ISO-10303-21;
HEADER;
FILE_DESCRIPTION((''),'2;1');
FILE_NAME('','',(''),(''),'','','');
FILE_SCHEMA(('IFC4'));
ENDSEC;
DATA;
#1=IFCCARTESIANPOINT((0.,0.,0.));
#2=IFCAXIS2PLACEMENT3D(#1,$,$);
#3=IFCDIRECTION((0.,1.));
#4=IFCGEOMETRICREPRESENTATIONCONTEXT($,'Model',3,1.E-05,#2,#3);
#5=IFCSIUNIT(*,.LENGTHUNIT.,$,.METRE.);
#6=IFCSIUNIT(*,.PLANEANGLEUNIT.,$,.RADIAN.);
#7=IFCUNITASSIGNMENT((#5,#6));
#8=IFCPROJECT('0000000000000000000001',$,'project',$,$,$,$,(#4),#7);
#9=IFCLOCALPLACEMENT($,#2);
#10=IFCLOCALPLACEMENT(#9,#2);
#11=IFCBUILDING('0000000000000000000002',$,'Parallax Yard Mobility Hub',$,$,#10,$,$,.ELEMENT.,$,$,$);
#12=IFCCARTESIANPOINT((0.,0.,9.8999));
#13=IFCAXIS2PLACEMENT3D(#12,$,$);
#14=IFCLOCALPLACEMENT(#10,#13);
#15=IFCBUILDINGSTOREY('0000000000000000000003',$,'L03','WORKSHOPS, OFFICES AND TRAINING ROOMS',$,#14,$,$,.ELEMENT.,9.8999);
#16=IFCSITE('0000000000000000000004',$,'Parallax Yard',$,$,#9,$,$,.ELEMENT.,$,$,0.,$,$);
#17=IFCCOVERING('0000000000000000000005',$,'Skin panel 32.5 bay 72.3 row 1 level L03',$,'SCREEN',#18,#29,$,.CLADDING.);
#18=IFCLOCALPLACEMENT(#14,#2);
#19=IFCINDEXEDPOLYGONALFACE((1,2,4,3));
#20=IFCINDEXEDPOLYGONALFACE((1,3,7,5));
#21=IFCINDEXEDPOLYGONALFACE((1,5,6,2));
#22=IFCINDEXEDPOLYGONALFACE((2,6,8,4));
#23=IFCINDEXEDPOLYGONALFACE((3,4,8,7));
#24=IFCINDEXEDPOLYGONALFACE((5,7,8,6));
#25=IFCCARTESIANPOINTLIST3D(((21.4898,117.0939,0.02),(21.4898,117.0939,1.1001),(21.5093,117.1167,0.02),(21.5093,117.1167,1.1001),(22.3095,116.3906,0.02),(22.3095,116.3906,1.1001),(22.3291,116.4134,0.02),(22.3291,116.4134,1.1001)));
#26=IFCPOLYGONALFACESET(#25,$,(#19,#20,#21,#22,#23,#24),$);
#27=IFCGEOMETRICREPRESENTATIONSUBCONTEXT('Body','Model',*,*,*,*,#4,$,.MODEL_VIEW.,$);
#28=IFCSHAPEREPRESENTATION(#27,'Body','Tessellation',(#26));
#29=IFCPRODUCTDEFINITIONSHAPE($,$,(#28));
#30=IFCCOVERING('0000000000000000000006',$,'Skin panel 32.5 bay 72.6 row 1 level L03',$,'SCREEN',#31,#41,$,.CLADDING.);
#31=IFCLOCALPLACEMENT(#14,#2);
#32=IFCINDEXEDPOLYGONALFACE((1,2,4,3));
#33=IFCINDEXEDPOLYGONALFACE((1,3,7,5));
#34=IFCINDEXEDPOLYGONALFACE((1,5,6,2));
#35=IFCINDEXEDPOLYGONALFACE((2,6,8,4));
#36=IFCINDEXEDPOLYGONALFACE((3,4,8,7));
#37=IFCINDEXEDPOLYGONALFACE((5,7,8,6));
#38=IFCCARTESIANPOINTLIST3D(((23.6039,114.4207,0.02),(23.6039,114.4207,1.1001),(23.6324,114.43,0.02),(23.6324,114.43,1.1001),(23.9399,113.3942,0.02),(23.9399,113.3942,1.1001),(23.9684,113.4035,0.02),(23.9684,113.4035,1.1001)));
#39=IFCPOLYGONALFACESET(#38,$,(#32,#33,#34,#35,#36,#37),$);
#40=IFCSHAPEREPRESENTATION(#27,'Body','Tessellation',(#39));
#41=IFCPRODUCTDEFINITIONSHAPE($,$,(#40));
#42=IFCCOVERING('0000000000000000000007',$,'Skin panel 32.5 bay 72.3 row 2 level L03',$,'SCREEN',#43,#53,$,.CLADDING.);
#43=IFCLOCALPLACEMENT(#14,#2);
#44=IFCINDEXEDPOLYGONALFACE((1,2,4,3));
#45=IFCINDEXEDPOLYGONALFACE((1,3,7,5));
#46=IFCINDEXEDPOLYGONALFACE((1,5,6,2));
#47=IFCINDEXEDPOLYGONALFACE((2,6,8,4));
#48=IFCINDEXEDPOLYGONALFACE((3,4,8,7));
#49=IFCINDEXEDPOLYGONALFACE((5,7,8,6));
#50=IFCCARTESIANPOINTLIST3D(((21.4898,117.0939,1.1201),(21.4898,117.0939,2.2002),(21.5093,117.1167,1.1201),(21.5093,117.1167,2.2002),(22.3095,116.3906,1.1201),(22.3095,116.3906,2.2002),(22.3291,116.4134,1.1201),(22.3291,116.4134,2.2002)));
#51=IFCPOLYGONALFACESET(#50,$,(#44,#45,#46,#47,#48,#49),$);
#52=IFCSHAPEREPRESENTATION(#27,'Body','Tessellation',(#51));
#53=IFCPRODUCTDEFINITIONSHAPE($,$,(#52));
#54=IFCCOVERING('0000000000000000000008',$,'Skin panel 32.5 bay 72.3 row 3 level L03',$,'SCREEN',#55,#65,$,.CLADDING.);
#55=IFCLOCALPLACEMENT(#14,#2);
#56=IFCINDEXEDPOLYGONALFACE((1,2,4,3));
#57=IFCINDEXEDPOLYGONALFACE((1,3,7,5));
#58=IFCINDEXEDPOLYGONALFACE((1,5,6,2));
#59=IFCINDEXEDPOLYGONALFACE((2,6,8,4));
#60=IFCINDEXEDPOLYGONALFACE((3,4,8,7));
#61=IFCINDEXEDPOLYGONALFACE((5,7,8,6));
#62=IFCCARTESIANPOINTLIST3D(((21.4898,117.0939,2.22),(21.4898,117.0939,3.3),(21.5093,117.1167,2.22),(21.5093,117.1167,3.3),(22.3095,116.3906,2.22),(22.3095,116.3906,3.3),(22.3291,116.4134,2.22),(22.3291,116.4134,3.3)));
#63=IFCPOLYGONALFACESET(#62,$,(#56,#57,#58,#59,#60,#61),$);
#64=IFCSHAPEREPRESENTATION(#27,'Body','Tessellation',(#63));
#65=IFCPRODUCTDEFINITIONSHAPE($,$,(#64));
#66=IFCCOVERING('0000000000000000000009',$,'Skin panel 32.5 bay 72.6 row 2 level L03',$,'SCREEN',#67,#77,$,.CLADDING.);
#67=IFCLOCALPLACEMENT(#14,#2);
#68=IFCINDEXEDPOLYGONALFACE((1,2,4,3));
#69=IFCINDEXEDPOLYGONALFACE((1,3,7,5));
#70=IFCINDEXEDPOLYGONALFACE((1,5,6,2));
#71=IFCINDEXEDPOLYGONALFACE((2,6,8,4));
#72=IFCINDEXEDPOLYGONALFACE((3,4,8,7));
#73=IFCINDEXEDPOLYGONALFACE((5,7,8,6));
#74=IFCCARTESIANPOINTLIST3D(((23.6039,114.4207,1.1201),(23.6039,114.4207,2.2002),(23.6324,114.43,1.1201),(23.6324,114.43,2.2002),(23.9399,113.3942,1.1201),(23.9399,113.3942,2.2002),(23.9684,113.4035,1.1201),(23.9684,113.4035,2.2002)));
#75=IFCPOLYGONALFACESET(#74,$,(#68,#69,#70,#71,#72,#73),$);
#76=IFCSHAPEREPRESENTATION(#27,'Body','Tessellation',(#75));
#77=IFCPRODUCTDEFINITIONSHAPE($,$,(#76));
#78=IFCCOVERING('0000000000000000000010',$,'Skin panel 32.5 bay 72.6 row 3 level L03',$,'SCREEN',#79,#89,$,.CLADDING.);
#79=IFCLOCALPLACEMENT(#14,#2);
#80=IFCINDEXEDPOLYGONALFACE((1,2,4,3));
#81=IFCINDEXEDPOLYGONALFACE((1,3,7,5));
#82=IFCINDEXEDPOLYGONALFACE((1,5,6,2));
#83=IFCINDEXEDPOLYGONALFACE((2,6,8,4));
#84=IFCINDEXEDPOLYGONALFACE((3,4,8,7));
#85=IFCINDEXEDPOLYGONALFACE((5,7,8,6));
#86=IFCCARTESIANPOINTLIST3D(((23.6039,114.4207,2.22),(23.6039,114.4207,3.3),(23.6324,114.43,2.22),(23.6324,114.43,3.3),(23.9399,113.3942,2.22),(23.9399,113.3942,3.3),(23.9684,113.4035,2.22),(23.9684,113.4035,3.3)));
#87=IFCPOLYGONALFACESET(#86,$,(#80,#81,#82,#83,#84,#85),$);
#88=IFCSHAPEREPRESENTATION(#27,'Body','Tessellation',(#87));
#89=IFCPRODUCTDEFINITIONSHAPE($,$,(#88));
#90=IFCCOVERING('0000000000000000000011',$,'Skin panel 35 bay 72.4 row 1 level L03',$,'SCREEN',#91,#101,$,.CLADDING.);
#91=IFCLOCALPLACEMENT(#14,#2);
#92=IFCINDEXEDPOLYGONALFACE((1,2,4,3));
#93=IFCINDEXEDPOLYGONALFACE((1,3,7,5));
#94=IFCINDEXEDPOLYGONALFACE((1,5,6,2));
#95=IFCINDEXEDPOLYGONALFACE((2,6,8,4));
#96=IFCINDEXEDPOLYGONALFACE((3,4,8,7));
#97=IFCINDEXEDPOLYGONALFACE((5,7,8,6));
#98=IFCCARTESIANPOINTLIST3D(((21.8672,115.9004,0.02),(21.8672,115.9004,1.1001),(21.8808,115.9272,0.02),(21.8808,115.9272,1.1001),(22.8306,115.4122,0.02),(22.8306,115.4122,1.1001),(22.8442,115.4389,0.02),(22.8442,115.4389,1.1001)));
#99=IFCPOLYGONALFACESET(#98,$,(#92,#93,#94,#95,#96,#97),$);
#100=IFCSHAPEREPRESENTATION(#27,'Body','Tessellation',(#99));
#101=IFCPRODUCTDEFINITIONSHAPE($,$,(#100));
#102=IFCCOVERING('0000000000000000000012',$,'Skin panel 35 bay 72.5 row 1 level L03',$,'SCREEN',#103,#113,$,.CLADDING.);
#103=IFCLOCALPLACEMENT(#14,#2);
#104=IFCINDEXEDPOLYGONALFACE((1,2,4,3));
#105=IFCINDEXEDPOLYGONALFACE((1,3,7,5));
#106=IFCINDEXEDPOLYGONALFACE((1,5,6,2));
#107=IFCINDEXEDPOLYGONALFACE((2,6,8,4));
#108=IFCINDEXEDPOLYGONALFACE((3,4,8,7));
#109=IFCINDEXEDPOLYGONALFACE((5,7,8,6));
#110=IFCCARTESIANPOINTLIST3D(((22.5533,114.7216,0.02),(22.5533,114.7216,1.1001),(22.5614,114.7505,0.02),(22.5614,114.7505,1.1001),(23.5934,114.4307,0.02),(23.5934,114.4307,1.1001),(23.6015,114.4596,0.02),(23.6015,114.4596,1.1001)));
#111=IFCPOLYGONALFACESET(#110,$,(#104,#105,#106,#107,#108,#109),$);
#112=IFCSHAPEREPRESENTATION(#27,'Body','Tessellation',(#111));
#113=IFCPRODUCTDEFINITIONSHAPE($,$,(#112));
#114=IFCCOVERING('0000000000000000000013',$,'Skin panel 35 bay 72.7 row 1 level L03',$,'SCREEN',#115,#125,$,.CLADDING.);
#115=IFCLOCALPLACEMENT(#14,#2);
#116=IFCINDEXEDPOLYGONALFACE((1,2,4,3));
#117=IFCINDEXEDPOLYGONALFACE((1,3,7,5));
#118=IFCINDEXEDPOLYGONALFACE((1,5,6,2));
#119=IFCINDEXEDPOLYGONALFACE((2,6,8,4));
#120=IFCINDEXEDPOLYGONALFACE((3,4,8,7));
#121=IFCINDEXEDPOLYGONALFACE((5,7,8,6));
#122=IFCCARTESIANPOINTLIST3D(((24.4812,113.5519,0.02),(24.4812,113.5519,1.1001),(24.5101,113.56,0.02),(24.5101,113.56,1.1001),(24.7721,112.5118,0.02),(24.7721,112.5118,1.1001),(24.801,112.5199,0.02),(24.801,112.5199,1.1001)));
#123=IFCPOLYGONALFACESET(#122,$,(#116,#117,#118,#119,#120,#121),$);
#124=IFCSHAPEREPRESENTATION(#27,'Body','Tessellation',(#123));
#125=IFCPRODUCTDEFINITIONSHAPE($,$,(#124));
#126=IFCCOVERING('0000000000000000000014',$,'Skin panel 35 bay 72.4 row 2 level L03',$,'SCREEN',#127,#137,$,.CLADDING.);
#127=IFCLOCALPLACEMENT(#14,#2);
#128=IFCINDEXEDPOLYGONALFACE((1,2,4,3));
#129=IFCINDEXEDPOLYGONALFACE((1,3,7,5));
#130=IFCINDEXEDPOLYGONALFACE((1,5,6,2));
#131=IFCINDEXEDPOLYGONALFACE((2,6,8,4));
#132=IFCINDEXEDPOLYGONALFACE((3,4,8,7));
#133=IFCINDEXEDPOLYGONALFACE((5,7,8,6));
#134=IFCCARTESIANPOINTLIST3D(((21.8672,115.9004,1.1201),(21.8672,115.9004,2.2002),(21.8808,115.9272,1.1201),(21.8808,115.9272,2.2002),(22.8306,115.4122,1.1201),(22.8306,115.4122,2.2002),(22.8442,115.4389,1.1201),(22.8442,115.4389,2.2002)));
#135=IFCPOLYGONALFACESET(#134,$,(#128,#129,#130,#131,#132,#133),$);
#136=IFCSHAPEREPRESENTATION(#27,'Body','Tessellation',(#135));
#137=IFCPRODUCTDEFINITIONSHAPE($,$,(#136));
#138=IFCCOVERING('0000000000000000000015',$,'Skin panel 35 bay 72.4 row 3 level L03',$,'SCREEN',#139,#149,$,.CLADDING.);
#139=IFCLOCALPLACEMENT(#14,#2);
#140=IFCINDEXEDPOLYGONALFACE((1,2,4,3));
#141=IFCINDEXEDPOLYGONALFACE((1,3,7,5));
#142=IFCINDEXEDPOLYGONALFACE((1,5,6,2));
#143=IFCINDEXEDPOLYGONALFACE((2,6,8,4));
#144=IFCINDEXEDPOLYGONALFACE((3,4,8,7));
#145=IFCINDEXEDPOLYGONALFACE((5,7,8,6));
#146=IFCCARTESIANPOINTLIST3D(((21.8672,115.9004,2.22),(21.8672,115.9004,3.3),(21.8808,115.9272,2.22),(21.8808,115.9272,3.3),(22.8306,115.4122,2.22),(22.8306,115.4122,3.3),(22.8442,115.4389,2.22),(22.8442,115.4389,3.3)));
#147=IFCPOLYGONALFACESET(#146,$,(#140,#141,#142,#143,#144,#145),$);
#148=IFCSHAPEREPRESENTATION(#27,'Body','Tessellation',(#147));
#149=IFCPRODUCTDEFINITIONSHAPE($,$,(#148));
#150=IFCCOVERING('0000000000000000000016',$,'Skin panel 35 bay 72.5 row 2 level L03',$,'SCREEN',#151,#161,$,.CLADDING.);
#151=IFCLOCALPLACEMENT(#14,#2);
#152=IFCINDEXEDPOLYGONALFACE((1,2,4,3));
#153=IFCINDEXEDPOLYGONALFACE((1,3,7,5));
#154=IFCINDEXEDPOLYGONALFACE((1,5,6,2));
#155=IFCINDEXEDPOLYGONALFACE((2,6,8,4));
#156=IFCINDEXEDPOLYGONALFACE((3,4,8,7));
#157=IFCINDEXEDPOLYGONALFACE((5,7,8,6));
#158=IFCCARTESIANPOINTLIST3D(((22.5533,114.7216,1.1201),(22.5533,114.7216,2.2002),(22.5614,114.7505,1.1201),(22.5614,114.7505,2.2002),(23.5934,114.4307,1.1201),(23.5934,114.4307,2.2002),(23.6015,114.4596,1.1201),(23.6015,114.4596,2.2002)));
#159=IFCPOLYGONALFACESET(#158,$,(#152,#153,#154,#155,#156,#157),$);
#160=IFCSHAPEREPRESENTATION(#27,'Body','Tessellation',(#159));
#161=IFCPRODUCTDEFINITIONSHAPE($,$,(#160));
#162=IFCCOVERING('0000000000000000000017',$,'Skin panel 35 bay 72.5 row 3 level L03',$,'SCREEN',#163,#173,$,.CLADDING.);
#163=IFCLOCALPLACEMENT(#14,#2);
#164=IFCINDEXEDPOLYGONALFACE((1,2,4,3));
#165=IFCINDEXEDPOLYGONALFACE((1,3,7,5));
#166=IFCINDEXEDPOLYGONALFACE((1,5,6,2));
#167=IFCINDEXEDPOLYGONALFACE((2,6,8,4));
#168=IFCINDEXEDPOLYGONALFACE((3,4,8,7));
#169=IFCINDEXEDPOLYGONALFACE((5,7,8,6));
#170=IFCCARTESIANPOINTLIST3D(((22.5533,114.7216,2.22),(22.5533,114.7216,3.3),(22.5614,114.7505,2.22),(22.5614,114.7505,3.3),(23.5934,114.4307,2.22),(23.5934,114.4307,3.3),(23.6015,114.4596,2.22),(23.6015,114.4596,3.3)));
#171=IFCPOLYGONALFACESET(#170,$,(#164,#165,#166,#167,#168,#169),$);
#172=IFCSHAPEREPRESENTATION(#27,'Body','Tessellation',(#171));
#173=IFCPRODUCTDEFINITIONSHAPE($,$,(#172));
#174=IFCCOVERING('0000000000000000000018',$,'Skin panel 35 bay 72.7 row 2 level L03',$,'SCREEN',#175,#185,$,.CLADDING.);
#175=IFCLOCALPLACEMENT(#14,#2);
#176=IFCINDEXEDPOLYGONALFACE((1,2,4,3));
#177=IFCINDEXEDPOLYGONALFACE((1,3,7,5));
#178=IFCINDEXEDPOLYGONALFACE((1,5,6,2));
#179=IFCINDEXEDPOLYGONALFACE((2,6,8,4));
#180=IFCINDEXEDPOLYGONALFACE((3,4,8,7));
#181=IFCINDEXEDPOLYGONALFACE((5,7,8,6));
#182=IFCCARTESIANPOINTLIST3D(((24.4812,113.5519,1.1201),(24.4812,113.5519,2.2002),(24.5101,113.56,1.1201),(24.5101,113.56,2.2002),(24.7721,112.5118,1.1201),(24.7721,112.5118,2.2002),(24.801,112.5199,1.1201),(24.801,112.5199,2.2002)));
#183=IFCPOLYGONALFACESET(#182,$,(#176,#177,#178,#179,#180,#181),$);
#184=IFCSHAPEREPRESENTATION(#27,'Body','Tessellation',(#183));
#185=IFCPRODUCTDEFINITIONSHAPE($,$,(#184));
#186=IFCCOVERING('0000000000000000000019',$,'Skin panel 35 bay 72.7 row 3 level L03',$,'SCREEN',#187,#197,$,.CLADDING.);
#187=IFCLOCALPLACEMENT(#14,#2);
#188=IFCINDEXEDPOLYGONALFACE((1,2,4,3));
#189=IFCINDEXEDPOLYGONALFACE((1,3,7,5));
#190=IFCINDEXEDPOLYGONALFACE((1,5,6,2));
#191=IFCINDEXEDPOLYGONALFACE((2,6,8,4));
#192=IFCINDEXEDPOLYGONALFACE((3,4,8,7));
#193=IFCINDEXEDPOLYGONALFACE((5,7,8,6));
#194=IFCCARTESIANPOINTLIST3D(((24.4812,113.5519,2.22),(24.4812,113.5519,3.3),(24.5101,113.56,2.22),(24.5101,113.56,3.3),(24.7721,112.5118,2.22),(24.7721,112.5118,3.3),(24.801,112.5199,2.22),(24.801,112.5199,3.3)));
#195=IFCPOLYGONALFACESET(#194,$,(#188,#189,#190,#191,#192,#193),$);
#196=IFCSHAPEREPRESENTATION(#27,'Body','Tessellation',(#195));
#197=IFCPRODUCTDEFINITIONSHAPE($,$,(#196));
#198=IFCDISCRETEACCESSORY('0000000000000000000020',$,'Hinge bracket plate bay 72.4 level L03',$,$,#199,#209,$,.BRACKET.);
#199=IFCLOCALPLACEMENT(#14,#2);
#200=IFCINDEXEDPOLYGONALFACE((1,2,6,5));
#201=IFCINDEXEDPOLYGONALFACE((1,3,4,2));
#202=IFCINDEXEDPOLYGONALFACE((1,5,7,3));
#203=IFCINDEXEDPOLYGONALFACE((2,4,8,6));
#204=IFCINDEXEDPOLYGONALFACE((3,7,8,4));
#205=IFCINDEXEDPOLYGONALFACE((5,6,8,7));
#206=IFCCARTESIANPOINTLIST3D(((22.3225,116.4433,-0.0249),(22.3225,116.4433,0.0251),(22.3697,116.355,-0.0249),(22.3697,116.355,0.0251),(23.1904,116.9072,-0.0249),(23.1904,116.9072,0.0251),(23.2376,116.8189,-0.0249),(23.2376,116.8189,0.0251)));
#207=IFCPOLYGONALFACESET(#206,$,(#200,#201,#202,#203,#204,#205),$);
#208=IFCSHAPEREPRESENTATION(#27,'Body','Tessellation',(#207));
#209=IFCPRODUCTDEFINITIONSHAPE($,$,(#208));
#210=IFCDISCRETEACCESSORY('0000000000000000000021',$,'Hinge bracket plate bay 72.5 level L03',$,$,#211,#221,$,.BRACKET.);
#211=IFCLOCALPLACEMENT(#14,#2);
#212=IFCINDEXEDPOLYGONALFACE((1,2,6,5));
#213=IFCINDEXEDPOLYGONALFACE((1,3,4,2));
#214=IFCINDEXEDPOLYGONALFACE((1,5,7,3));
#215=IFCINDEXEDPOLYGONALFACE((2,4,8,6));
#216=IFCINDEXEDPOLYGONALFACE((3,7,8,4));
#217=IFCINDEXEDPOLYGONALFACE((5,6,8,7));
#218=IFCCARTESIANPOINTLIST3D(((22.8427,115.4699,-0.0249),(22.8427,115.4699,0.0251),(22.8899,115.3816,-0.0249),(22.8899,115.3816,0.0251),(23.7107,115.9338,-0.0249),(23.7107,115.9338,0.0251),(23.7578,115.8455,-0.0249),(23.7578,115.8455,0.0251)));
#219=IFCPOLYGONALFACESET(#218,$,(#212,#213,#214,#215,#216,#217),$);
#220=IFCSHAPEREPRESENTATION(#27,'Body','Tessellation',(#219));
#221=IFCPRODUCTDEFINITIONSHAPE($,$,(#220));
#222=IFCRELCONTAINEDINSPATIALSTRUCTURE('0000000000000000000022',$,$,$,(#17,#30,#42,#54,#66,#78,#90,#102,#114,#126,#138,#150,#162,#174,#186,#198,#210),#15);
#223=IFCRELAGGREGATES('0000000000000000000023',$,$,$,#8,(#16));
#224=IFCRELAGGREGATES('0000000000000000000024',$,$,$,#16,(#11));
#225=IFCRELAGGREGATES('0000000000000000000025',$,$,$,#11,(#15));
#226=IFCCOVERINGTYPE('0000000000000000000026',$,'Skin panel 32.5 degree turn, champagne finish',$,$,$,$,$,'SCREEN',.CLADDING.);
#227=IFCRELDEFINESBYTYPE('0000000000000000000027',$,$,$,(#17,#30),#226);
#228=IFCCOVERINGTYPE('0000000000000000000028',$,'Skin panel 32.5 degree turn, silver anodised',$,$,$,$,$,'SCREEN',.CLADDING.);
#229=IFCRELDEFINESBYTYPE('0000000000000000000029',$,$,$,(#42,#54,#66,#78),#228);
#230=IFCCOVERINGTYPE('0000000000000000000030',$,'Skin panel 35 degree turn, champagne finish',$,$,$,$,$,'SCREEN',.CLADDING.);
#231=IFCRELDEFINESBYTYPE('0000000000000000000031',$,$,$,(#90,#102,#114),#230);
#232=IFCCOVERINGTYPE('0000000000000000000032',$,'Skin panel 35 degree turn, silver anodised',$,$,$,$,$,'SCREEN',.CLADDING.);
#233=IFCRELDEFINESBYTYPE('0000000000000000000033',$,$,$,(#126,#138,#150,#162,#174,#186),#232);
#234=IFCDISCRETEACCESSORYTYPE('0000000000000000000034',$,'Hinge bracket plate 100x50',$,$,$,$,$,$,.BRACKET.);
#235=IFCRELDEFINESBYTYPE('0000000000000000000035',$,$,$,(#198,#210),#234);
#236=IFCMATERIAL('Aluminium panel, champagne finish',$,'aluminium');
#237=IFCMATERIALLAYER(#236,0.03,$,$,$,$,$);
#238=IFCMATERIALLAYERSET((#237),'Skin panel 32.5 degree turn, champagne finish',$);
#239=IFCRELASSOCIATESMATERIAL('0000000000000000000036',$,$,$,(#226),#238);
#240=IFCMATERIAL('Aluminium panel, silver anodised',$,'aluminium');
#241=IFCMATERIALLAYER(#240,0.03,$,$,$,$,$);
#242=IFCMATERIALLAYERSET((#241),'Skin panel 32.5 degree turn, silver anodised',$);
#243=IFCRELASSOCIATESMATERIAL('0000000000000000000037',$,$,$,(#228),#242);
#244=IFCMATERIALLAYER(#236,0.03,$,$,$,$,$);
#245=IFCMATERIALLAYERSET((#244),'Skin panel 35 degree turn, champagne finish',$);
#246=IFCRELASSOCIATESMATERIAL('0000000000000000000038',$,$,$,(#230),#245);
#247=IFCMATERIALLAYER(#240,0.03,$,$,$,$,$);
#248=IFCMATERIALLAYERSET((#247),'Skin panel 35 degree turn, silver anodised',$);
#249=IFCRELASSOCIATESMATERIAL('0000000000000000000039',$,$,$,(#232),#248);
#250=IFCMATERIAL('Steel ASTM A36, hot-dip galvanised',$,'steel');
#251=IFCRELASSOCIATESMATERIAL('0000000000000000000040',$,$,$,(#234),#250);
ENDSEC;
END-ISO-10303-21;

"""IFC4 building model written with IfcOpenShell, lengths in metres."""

from ifc_helpers import new_model, si_unit, direction, frame, origin, origin_2d, place, context, subcontext, project, spatial, rectangle, extrude, material, layer, layer_set, type_object, element, save


model = new_model("IFC4")

# Units and contexts
model_context = context("Model", 3, precision=1e-05, world=origin(), true_north=direction((0.0, 1.0)))
body_context = subcontext(model_context, "Body", "Model", "MODEL_VIEW")
ifc_project = project(units=[si_unit("LENGTHUNIT", "METRE"), si_unit("PLANEANGLEUNIT", "RADIAN")], contexts=[model_context])

# Site, building, storey
site_placement = place(None, origin())
site = spatial("IfcSite", under=ifc_project, at=site_placement, Name="Parallax Yard", CompositionType="ELEMENT", RefElevation=0.0)
building_placement = place(site_placement, origin())
building = spatial("IfcBuilding", under=site, at=building_placement, Name="Parallax Yard Mobility Hub", CompositionType="ELEMENT")
storey_placement = place(building_placement, frame((0.0, 0.0, 9.8999)))
storey = spatial("IfcBuildingStorey", under=building, at=storey_placement, Name="L03", Description="WORKSHOPS, OFFICES AND TRAINING ROOMS", CompositionType="ELEMENT", Elevation=9.8999)

# Coverings
ifc_material_1 = material(Name="Aluminium panel, champagne finish", Category="aluminium")
ifc_layer_1 = layer(ifc_material_1, 0.03)
ifc_layer_set_1 = layer_set([ifc_layer_1], Name="Skin panel 32.5 degree turn, champagne finish")
covering_type_1 = type_object("IfcCoveringType", Name="Skin panel 32.5 degree turn, champagne finish", ElementType="SCREEN", PredefinedType="CLADDING", material=ifc_layer_set_1)
for number, where, z_axis, x_axis, name in (
    (1, (21.9094, 116.7537, 0.02), (0.0, 0.0, 1.0), (-0.758987, 0.651105, 0.0), "Skin panel 32.5 bay 72.3 row 1 level L03"),
    (2, (23.7861, 113.9121, 0.02), (0.0, 0.0, 1.0), (0.311091, -0.95038, 0.0), "Skin panel 32.5 bay 72.6 row 1 level L03"),
):
    element("IfcCovering", number, at=place(storey_placement, frame(where, z_axis=z_axis, x_axis=x_axis)), inside=storey, type_object=covering_type_1, Name=name, ObjectType="SCREEN", PredefinedType="CLADDING", context=body_context, shape_type="SweptSolid", body=[
        extrude(rectangle(XDim=1.0801, YDim=0.03, at=origin_2d()), origin(), (0.0, 0.0, 1.0), 1.0801),
    ])
ifc_material_2 = material(Name="Aluminium panel, silver anodised", Category="aluminium")
ifc_layer_2 = layer(ifc_material_2, 0.03)
ifc_layer_set_2 = layer_set([ifc_layer_2], Name="Skin panel 32.5 degree turn, silver anodised")
covering_type_2 = type_object("IfcCoveringType", Name="Skin panel 32.5 degree turn, silver anodised", ElementType="SCREEN", PredefinedType="CLADDING", material=ifc_layer_set_2)
for number, where, z_axis, x_axis, name in (
    (3, (21.9094, 116.7537, 1.1201), (0.0, 0.0, 1.0), (-0.758987, 0.651105, 0.0), "Skin panel 32.5 bay 72.3 row 2 level L03"),
    (4, (21.9094, 116.7537, 2.22), (0.0, 0.0, 1.0), (-0.758987, 0.651105, 0.0), "Skin panel 32.5 bay 72.3 row 3 level L03"),
    (5, (23.7861, 113.9121, 1.1201), (0.0, 0.0, 1.0), (0.311091, -0.95038, 0.0), "Skin panel 32.5 bay 72.6 row 2 level L03"),
    (6, (23.7861, 113.9121, 2.22), (0.0, 0.0, 1.0), (0.311091, -0.95038, 0.0), "Skin panel 32.5 bay 72.6 row 3 level L03"),
):
    element("IfcCovering", number, at=place(storey_placement, frame(where, z_axis=z_axis, x_axis=x_axis)), inside=storey, type_object=covering_type_2, Name=name, ObjectType="SCREEN", PredefinedType="CLADDING", context=body_context, shape_type="SweptSolid", body=[
        extrude(rectangle(XDim=1.0801, YDim=0.03, at=origin_2d()), origin(), (0.0, 0.0, 1.0), 1.0801),
    ])
ifc_layer_3 = layer(ifc_material_1, 0.03)
ifc_layer_set_3 = layer_set([ifc_layer_3], Name="Skin panel 35 degree turn, champagne finish")
covering_type_3 = type_object("IfcCoveringType", Name="Skin panel 35 degree turn, champagne finish", ElementType="SCREEN", PredefinedType="CLADDING", material=ifc_layer_set_3)
for number, where, z_axis, x_axis, name in (
    (7, (22.3557, 115.6697, 0.02), (0.0, 0.0, 1.0), (-0.891995, 0.452046, 0.0), "Skin panel 35 bay 72.4 row 1 level L03"),
    (8, (23.0774, 114.5906, 0.02), (0.0, 0.0, 1.0), (-0.963045, 0.26934, 0.0), "Skin panel 35 bay 72.5 row 1 level L03"),
    (9, (24.6411, 113.0359, 0.02), (0.0, 0.0, 1.0), (0.26934, -0.963045, 0.0), "Skin panel 35 bay 72.7 row 1 level L03"),
):
    element("IfcCovering", number, at=place(storey_placement, frame(where, z_axis=z_axis, x_axis=x_axis)), inside=storey, type_object=covering_type_3, Name=name, ObjectType="SCREEN", PredefinedType="CLADDING", context=body_context, shape_type="SweptSolid", body=[
        extrude(rectangle(XDim=1.0801, YDim=0.03, at=origin_2d()), origin(), (0.0, 0.0, 1.0), 1.0801),
    ])
ifc_layer_4 = layer(ifc_material_2, 0.03)
ifc_layer_set_4 = layer_set([ifc_layer_4], Name="Skin panel 35 degree turn, silver anodised")
covering_type_4 = type_object("IfcCoveringType", Name="Skin panel 35 degree turn, silver anodised", ElementType="SCREEN", PredefinedType="CLADDING", material=ifc_layer_set_4)
for number, where, z_axis, x_axis, name in (
    (10, (22.3557, 115.6697, 1.1201), (0.0, 0.0, 1.0), (-0.891995, 0.452046, 0.0), "Skin panel 35 bay 72.4 row 2 level L03"),
    (11, (22.3557, 115.6697, 2.22), (0.0, 0.0, 1.0), (-0.891995, 0.452046, 0.0), "Skin panel 35 bay 72.4 row 3 level L03"),
    (12, (23.0774, 114.5906, 1.1201), (0.0, 0.0, 1.0), (-0.963045, 0.26934, 0.0), "Skin panel 35 bay 72.5 row 2 level L03"),
    (13, (23.0774, 114.5906, 2.22), (0.0, 0.0, 1.0), (-0.963045, 0.26934, 0.0), "Skin panel 35 bay 72.5 row 3 level L03"),
    (14, (24.6411, 113.0359, 1.1201), (0.0, 0.0, 1.0), (0.26934, -0.963045, 0.0), "Skin panel 35 bay 72.7 row 2 level L03"),
    (15, (24.6411, 113.0359, 2.22), (0.0, 0.0, 1.0), (0.26934, -0.963045, 0.0), "Skin panel 35 bay 72.7 row 3 level L03"),
):
    element("IfcCovering", number, at=place(storey_placement, frame(where, z_axis=z_axis, x_axis=x_axis)), inside=storey, type_object=covering_type_4, Name=name, ObjectType="SCREEN", PredefinedType="CLADDING", context=body_context, shape_type="SweptSolid", body=[
        extrude(rectangle(XDim=1.0801, YDim=0.03, at=origin_2d()), origin(), (0.0, 0.0, 1.0), 1.0801),
    ])

# Discrete accessories
ifc_material_3 = material(Name="Steel ASTM A36, hot-dip galvanised", Category="steel")
discrete_accessory_type_1 = type_object("IfcDiscreteAccessoryType", Name="Hinge bracket plate 100x50", PredefinedType="BRACKET", material=ifc_material_3)
for number, where, z_axis, x_axis, name in (
    (16, (22.78, 116.6311, -0.0249), (0.0, 0.0, 1.0), (-0.881921, -0.471397, 0.0), "Hinge bracket plate bay 72.4 level L03"),
    (17, (23.3003, 115.6577, -0.0249), (0.0, 0.0, 1.0), (-0.881921, -0.471397, 0.0), "Hinge bracket plate bay 72.5 level L03"),
):
    element("IfcDiscreteAccessory", number, at=place(storey_placement, frame(where, z_axis=z_axis, x_axis=x_axis)), inside=storey, type_object=discrete_accessory_type_1, Name=name, PredefinedType="BRACKET", context=body_context, shape_type="SweptSolid", body=[
        extrude(rectangle(XDim=0.9841, YDim=0.1001, at=origin_2d()), origin(), (0.0, 0.0, 1.0), 0.05),
    ])

save(model, "model.ifc")
